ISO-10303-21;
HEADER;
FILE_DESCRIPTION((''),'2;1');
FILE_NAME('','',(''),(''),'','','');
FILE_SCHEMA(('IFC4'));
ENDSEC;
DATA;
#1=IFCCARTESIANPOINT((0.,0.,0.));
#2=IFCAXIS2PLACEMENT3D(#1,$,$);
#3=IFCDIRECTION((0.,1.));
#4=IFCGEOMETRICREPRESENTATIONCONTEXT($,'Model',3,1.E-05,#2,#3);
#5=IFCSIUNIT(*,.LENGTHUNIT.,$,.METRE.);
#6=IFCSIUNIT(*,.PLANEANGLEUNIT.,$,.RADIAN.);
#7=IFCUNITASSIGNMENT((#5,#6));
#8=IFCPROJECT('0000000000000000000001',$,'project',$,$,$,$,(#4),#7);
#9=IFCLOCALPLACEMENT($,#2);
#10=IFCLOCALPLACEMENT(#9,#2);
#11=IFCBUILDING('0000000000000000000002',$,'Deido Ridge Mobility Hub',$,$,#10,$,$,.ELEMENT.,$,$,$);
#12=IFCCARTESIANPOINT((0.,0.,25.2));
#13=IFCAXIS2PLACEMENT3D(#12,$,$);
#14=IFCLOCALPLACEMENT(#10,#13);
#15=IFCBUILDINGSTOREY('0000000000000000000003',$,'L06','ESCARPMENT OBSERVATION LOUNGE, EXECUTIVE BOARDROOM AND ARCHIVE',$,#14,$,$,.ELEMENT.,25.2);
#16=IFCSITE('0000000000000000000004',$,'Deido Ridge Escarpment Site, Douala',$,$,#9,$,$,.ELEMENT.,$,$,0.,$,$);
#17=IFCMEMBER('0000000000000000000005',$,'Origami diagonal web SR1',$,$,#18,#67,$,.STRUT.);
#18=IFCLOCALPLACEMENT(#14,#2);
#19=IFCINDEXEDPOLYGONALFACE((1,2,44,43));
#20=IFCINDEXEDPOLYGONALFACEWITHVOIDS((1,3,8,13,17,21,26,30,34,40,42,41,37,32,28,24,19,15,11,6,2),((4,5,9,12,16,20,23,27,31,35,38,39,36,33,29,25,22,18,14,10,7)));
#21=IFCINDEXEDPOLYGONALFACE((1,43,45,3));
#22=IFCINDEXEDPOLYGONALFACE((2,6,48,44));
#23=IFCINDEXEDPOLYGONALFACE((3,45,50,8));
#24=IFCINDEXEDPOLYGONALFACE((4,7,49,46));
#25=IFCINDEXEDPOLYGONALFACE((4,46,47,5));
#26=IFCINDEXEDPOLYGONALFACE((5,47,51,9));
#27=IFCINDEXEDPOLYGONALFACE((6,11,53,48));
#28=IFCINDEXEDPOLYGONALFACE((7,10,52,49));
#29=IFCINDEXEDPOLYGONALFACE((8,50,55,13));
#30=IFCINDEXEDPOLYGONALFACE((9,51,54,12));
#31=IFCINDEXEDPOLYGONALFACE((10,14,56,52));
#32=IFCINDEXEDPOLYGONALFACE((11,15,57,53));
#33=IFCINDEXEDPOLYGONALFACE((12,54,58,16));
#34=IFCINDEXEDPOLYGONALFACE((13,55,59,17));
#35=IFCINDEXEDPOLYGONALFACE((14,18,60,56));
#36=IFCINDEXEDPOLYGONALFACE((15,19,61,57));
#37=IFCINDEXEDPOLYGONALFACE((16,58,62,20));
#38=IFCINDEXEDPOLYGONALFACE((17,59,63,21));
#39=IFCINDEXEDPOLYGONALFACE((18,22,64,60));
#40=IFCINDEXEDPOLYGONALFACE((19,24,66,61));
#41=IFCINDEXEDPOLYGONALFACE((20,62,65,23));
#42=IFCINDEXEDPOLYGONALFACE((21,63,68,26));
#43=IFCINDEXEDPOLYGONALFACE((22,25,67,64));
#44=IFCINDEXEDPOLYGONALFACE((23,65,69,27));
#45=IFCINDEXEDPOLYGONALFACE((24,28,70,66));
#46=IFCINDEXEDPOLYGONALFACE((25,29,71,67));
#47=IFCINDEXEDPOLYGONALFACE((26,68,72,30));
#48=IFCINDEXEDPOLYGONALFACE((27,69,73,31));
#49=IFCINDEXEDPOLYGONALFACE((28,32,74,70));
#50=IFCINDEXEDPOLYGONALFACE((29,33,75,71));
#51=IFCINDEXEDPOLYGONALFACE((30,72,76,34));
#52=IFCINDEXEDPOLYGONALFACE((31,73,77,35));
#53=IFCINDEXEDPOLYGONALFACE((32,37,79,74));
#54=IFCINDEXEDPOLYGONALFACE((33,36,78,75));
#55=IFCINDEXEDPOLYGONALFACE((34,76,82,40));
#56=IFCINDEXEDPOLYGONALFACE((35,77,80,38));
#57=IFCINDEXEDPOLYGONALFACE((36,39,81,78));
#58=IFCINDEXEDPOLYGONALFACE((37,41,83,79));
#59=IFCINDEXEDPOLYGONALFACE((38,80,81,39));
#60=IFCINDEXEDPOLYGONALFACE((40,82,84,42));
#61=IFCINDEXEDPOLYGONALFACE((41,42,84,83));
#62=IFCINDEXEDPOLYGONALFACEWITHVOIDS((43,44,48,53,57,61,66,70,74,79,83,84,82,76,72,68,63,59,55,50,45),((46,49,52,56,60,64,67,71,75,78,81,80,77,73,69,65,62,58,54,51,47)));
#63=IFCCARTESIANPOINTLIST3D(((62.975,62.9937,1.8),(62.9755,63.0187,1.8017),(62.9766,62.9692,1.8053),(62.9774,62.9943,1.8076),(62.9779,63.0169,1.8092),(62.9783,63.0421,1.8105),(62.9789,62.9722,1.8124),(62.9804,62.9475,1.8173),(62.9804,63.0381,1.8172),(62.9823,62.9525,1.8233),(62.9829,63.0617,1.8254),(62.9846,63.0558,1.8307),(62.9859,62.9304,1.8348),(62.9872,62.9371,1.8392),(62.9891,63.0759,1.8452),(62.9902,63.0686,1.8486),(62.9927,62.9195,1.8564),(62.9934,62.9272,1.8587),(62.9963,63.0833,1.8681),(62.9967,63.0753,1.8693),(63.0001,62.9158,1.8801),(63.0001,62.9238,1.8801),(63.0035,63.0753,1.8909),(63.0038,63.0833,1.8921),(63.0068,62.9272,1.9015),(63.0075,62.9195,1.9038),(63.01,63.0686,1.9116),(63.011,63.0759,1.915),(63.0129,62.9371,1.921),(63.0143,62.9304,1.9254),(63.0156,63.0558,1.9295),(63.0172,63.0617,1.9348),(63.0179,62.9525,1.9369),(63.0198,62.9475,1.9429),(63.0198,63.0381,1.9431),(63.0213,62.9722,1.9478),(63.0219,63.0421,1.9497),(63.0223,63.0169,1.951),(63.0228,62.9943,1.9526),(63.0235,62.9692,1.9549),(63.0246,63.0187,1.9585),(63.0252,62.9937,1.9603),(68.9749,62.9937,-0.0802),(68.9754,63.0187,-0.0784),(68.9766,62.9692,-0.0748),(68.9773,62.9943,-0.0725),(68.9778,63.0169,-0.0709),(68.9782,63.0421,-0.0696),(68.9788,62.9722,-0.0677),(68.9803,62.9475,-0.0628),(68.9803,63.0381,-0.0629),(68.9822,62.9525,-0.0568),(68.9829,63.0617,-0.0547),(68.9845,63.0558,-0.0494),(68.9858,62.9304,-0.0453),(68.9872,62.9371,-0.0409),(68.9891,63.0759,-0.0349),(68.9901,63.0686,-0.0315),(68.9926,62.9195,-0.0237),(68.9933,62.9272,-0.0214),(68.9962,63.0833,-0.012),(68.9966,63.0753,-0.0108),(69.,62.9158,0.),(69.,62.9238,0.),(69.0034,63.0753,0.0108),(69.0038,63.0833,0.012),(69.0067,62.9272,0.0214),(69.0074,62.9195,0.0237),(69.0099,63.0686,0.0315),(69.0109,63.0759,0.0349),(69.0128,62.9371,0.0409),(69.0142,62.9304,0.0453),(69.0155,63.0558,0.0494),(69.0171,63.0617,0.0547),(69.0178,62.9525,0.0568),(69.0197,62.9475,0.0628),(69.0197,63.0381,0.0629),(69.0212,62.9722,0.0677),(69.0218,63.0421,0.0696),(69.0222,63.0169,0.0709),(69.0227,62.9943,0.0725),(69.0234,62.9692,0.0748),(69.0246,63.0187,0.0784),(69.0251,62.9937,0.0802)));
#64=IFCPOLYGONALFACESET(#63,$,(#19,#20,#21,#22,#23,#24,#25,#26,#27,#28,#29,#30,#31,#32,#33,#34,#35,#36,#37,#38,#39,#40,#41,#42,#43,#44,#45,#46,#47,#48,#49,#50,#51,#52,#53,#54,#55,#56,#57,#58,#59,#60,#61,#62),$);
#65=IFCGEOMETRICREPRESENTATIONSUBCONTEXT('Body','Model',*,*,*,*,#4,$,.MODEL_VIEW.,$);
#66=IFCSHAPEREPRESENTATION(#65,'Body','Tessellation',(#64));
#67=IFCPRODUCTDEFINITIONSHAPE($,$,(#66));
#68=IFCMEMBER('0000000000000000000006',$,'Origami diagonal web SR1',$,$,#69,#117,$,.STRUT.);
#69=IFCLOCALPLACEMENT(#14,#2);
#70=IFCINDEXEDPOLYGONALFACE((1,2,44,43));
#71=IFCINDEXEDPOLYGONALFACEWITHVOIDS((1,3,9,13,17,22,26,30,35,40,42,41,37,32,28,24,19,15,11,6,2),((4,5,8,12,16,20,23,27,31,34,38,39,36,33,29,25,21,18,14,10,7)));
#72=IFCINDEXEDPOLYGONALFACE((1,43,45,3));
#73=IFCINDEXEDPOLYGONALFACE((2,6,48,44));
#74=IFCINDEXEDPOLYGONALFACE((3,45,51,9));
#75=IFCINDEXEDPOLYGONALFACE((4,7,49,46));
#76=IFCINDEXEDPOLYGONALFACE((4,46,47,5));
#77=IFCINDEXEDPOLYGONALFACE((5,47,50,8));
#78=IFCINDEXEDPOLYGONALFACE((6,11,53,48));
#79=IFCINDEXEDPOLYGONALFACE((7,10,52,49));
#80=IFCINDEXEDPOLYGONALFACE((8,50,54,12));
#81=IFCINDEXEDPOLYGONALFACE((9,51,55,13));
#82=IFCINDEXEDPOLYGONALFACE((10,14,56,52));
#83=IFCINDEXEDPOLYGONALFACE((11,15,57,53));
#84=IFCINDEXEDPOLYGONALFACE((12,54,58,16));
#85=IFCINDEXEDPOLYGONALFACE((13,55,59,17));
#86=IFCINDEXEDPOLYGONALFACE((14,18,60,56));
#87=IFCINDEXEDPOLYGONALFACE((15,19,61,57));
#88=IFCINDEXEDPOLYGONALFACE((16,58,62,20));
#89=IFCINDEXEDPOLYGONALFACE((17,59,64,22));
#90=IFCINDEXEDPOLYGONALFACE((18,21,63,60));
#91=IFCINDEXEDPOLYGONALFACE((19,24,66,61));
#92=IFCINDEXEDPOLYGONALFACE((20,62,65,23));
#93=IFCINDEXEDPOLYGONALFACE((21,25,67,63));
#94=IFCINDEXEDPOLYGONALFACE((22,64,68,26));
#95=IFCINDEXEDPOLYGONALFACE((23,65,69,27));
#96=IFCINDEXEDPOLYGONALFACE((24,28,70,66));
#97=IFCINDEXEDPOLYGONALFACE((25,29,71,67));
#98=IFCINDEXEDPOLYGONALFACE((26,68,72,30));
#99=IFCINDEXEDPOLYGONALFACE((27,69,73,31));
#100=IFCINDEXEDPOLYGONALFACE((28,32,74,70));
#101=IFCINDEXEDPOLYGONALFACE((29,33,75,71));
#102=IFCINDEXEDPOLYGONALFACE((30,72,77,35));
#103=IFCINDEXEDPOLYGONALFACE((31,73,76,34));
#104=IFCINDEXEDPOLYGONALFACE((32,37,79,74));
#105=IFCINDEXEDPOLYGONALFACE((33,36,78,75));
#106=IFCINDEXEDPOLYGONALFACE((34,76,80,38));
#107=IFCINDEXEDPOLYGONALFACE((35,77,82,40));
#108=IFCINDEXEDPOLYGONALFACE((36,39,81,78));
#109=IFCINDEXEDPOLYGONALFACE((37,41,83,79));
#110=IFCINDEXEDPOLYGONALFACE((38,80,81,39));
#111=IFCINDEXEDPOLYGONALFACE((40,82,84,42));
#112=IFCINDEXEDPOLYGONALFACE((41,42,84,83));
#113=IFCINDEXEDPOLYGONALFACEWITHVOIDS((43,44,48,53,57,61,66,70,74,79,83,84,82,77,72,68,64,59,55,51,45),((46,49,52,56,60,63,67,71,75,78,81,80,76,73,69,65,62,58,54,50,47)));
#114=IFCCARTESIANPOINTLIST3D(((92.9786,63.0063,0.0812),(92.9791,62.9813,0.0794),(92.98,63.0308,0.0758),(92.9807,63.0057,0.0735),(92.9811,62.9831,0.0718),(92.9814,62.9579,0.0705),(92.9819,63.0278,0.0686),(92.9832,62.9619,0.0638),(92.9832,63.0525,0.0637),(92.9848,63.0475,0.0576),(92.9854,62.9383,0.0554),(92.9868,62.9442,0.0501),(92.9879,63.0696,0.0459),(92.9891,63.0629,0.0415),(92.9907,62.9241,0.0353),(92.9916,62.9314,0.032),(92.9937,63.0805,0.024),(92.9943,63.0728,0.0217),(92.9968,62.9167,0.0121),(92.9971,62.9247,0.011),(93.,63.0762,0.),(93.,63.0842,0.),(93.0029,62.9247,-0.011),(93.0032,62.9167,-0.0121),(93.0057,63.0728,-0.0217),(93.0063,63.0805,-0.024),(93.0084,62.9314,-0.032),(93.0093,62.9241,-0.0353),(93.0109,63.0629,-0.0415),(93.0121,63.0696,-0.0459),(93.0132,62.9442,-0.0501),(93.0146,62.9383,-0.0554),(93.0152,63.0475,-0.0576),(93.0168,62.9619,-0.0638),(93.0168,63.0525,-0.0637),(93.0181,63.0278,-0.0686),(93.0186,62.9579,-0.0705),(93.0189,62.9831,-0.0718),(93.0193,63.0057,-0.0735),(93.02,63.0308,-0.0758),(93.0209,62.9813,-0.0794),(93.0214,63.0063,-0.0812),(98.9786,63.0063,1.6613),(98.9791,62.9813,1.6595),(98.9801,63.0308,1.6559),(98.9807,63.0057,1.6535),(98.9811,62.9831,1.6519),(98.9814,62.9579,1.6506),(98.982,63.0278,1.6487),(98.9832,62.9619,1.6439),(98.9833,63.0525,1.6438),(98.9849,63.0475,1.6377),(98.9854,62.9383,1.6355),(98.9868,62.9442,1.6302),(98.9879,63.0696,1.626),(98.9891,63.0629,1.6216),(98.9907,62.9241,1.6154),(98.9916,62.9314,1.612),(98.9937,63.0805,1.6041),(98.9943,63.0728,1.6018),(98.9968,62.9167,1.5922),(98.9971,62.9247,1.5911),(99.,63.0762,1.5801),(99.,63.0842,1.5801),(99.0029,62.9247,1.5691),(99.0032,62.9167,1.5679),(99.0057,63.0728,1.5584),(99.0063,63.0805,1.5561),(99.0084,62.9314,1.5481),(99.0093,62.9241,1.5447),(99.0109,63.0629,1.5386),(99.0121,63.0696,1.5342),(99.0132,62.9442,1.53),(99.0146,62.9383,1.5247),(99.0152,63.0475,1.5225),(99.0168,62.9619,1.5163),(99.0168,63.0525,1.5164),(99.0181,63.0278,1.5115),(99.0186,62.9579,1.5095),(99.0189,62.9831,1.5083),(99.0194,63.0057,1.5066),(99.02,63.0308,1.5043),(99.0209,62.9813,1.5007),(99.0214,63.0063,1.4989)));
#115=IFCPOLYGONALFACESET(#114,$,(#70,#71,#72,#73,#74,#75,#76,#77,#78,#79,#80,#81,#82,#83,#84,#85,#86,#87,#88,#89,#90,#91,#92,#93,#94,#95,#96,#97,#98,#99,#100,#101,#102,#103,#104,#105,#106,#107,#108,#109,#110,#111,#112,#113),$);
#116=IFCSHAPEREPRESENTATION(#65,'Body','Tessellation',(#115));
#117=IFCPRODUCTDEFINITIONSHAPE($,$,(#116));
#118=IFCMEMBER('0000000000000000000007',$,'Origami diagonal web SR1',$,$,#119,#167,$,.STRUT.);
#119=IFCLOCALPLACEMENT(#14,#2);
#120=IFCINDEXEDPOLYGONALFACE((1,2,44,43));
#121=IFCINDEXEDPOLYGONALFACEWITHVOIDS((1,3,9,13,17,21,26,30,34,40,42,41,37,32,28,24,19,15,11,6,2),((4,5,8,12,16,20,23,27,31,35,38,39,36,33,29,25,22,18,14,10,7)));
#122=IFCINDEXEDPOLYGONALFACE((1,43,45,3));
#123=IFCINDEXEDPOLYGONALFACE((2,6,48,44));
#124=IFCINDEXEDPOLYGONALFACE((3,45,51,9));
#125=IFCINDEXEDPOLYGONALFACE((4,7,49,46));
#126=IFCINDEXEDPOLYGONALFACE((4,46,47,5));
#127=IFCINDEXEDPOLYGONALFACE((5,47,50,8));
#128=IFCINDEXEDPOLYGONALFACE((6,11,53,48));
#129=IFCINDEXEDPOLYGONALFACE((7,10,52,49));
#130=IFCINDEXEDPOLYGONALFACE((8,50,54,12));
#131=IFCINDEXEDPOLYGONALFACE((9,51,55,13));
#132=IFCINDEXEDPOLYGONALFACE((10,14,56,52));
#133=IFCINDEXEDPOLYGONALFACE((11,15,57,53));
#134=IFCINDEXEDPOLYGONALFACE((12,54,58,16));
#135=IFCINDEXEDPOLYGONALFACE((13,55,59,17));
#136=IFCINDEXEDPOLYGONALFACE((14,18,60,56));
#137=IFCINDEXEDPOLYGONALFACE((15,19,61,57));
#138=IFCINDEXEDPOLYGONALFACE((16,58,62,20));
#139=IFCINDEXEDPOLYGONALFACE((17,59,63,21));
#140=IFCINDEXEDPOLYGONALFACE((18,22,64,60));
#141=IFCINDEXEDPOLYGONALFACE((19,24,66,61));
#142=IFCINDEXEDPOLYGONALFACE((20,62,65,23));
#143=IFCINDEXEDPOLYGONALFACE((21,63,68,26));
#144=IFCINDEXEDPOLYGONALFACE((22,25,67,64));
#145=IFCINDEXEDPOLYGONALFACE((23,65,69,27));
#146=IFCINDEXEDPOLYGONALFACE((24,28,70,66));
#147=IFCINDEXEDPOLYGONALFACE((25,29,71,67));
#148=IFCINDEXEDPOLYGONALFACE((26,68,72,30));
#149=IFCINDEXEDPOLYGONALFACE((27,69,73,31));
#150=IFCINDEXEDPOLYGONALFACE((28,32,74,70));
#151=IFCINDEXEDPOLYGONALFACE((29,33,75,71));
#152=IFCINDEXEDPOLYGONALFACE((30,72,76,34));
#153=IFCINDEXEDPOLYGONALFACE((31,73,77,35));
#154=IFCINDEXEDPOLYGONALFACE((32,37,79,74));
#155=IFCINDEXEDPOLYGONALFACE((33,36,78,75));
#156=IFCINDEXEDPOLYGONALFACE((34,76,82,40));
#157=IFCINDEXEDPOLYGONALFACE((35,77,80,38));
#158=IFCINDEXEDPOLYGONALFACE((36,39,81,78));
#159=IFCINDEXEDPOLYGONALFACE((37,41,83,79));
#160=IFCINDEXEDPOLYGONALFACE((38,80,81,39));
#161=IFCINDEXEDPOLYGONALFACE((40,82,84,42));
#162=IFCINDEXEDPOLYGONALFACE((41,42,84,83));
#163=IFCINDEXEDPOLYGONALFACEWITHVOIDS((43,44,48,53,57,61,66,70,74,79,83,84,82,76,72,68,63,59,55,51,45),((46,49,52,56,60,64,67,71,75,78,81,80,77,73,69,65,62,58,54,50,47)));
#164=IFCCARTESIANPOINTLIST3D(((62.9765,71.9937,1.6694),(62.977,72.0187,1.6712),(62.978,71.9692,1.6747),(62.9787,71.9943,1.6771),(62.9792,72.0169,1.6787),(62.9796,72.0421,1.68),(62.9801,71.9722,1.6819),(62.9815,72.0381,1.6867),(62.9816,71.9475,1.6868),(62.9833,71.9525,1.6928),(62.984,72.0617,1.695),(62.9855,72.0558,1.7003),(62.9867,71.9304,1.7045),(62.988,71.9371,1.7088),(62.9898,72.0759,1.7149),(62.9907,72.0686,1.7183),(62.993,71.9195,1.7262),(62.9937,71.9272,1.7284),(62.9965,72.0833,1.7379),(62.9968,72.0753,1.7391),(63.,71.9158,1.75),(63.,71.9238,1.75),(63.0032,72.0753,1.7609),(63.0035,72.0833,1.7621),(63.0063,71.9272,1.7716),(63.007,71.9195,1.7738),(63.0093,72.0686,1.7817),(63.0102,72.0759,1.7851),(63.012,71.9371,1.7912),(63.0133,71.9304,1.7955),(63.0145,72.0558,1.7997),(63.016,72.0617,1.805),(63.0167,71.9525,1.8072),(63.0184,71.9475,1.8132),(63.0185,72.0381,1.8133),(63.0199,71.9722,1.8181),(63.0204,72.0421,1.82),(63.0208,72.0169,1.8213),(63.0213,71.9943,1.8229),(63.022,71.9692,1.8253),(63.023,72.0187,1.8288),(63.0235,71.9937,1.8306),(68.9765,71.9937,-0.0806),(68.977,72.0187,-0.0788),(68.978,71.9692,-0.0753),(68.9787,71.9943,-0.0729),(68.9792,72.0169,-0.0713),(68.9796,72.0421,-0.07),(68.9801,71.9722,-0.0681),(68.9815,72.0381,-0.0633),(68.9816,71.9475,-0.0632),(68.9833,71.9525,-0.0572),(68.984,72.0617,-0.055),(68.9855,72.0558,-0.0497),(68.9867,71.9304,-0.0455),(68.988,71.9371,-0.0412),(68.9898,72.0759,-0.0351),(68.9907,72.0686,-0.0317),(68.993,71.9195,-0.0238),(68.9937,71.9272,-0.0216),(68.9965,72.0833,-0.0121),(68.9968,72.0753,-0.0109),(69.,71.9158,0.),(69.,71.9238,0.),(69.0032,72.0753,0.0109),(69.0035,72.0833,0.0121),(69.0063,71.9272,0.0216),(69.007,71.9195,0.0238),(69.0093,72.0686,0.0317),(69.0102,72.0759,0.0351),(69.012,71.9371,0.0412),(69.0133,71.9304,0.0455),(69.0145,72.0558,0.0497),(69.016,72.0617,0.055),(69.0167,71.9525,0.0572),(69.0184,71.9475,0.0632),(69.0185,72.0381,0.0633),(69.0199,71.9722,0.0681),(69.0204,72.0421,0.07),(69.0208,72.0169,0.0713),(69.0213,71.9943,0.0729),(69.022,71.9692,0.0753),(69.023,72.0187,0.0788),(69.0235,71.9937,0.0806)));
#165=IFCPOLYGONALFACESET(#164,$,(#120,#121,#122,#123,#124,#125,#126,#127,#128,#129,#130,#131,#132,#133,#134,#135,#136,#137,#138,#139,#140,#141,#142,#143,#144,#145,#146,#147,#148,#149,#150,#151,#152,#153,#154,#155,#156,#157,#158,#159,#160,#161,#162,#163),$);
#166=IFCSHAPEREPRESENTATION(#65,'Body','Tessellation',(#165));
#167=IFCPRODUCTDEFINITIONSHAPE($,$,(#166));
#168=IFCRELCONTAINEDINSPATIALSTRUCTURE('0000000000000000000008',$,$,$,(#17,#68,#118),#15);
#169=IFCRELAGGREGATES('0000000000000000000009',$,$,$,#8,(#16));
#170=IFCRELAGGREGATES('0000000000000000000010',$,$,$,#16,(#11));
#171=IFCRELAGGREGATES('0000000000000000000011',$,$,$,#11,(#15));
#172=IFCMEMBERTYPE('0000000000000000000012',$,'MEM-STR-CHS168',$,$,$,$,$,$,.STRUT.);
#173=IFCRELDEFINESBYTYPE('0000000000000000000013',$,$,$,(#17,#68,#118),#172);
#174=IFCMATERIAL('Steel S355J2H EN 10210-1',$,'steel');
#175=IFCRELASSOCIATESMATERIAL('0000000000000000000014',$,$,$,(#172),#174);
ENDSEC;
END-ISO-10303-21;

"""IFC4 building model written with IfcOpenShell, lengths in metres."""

from ifc_helpers import new_model, si_unit, direction, frame, origin, origin_2d, place, context, subcontext, project, spatial, hollow_circle, extrude, material, material_profile, profile_set, type_object, element, save


model = new_model("IFC4")

# Units and contexts
model_context = context("Model", 3, precision=1e-05, world=origin(), true_north=direction((0.0, 1.0)))
body_context = subcontext(model_context, "Body", "Model", "MODEL_VIEW")
ifc_project = project(units=[si_unit("LENGTHUNIT", "METRE"), si_unit("PLANEANGLEUNIT", "RADIAN")], contexts=[model_context])

# Site, building, storey
site_placement = place(None, origin())
site = spatial("IfcSite", under=ifc_project, at=site_placement, Name="Deido Ridge Escarpment Site, Douala", CompositionType="ELEMENT", RefElevation=0.0)
building_placement = place(site_placement, origin())
building = spatial("IfcBuilding", under=site, at=building_placement, Name="Deido Ridge Mobility Hub", CompositionType="ELEMENT")
storey_placement = place(building_placement, frame((0.0, 0.0, 25.2)))
storey = spatial("IfcBuildingStorey", under=building, at=storey_placement, Name="L06", Description="ESCARPMENT OBSERVATION LOUNGE, EXECUTIVE BOARDROOM AND ARCHIVE", CompositionType="ELEMENT", Elevation=25.2)

# Members
ifc_material_1 = material(Name="Steel S355J2H EN 10210-1", Category="steel")
ifc_material_profile_1 = material_profile(ifc_material_1, hollow_circle(Radius=0.0842, WallThickness=0.0081, at=origin_2d()), Name="CHS 168.3x8")
ifc_profile_set_1 = profile_set([ifc_material_profile_1], Name="Steel S355J2H EN 10210-1")
member_type_1 = type_object("IfcMemberType", Name="MEM-STR-CHS168", PredefinedType="STRUT", material=ifc_profile_set_1)
member_1_placement = place(storey_placement, frame((69.0, 63.0, 0.0), z_axis=(-0.954248, 0.0, 0.299018), x_axis=(0.0, -1.0, 0.0)))
element("IfcMember", 1, at=member_1_placement, inside=storey, type_object=member_type_1, Name="Origami diagonal web SR1", PredefinedType="STRUT", context=body_context, shape_type="SweptSolid", body=[
    extrude(hollow_circle(Radius=0.0842, WallThickness=0.0081, at=origin_2d()), origin(), (0.0, 0.0, 1.0), 6.2876),
])
member_2_placement = place(storey_placement, frame((93.0, 63.0, 0.0), z_axis=(0.96703, 0.0, 0.254664), x_axis=(0.0, 1.0, 0.0)))
element("IfcMember", 2, at=member_2_placement, inside=storey, type_object=member_type_1, Name="Origami diagonal web SR1", PredefinedType="STRUT", context=body_context, shape_type="SweptSolid", body=[
    extrude(hollow_circle(Radius=0.0842, WallThickness=0.0081, at=origin_2d()), origin(), (0.0, 0.0, 1.0), 6.2046),
])
member_3_placement = place(storey_placement, frame((69.0, 72.0, 0.0), z_axis=(-0.96, 0.0, 0.28), x_axis=(0.0, -1.0, 0.0)))
element("IfcMember", 3, at=member_3_placement, inside=storey, type_object=member_type_1, Name="Origami diagonal web SR1", PredefinedType="STRUT", context=body_context, shape_type="SweptSolid", body=[
    extrude(hollow_circle(Radius=0.0842, WallThickness=0.0081, at=origin_2d()), origin(), (0.0, 0.0, 1.0), 6.25),
])

save(model, "model.ifc")
